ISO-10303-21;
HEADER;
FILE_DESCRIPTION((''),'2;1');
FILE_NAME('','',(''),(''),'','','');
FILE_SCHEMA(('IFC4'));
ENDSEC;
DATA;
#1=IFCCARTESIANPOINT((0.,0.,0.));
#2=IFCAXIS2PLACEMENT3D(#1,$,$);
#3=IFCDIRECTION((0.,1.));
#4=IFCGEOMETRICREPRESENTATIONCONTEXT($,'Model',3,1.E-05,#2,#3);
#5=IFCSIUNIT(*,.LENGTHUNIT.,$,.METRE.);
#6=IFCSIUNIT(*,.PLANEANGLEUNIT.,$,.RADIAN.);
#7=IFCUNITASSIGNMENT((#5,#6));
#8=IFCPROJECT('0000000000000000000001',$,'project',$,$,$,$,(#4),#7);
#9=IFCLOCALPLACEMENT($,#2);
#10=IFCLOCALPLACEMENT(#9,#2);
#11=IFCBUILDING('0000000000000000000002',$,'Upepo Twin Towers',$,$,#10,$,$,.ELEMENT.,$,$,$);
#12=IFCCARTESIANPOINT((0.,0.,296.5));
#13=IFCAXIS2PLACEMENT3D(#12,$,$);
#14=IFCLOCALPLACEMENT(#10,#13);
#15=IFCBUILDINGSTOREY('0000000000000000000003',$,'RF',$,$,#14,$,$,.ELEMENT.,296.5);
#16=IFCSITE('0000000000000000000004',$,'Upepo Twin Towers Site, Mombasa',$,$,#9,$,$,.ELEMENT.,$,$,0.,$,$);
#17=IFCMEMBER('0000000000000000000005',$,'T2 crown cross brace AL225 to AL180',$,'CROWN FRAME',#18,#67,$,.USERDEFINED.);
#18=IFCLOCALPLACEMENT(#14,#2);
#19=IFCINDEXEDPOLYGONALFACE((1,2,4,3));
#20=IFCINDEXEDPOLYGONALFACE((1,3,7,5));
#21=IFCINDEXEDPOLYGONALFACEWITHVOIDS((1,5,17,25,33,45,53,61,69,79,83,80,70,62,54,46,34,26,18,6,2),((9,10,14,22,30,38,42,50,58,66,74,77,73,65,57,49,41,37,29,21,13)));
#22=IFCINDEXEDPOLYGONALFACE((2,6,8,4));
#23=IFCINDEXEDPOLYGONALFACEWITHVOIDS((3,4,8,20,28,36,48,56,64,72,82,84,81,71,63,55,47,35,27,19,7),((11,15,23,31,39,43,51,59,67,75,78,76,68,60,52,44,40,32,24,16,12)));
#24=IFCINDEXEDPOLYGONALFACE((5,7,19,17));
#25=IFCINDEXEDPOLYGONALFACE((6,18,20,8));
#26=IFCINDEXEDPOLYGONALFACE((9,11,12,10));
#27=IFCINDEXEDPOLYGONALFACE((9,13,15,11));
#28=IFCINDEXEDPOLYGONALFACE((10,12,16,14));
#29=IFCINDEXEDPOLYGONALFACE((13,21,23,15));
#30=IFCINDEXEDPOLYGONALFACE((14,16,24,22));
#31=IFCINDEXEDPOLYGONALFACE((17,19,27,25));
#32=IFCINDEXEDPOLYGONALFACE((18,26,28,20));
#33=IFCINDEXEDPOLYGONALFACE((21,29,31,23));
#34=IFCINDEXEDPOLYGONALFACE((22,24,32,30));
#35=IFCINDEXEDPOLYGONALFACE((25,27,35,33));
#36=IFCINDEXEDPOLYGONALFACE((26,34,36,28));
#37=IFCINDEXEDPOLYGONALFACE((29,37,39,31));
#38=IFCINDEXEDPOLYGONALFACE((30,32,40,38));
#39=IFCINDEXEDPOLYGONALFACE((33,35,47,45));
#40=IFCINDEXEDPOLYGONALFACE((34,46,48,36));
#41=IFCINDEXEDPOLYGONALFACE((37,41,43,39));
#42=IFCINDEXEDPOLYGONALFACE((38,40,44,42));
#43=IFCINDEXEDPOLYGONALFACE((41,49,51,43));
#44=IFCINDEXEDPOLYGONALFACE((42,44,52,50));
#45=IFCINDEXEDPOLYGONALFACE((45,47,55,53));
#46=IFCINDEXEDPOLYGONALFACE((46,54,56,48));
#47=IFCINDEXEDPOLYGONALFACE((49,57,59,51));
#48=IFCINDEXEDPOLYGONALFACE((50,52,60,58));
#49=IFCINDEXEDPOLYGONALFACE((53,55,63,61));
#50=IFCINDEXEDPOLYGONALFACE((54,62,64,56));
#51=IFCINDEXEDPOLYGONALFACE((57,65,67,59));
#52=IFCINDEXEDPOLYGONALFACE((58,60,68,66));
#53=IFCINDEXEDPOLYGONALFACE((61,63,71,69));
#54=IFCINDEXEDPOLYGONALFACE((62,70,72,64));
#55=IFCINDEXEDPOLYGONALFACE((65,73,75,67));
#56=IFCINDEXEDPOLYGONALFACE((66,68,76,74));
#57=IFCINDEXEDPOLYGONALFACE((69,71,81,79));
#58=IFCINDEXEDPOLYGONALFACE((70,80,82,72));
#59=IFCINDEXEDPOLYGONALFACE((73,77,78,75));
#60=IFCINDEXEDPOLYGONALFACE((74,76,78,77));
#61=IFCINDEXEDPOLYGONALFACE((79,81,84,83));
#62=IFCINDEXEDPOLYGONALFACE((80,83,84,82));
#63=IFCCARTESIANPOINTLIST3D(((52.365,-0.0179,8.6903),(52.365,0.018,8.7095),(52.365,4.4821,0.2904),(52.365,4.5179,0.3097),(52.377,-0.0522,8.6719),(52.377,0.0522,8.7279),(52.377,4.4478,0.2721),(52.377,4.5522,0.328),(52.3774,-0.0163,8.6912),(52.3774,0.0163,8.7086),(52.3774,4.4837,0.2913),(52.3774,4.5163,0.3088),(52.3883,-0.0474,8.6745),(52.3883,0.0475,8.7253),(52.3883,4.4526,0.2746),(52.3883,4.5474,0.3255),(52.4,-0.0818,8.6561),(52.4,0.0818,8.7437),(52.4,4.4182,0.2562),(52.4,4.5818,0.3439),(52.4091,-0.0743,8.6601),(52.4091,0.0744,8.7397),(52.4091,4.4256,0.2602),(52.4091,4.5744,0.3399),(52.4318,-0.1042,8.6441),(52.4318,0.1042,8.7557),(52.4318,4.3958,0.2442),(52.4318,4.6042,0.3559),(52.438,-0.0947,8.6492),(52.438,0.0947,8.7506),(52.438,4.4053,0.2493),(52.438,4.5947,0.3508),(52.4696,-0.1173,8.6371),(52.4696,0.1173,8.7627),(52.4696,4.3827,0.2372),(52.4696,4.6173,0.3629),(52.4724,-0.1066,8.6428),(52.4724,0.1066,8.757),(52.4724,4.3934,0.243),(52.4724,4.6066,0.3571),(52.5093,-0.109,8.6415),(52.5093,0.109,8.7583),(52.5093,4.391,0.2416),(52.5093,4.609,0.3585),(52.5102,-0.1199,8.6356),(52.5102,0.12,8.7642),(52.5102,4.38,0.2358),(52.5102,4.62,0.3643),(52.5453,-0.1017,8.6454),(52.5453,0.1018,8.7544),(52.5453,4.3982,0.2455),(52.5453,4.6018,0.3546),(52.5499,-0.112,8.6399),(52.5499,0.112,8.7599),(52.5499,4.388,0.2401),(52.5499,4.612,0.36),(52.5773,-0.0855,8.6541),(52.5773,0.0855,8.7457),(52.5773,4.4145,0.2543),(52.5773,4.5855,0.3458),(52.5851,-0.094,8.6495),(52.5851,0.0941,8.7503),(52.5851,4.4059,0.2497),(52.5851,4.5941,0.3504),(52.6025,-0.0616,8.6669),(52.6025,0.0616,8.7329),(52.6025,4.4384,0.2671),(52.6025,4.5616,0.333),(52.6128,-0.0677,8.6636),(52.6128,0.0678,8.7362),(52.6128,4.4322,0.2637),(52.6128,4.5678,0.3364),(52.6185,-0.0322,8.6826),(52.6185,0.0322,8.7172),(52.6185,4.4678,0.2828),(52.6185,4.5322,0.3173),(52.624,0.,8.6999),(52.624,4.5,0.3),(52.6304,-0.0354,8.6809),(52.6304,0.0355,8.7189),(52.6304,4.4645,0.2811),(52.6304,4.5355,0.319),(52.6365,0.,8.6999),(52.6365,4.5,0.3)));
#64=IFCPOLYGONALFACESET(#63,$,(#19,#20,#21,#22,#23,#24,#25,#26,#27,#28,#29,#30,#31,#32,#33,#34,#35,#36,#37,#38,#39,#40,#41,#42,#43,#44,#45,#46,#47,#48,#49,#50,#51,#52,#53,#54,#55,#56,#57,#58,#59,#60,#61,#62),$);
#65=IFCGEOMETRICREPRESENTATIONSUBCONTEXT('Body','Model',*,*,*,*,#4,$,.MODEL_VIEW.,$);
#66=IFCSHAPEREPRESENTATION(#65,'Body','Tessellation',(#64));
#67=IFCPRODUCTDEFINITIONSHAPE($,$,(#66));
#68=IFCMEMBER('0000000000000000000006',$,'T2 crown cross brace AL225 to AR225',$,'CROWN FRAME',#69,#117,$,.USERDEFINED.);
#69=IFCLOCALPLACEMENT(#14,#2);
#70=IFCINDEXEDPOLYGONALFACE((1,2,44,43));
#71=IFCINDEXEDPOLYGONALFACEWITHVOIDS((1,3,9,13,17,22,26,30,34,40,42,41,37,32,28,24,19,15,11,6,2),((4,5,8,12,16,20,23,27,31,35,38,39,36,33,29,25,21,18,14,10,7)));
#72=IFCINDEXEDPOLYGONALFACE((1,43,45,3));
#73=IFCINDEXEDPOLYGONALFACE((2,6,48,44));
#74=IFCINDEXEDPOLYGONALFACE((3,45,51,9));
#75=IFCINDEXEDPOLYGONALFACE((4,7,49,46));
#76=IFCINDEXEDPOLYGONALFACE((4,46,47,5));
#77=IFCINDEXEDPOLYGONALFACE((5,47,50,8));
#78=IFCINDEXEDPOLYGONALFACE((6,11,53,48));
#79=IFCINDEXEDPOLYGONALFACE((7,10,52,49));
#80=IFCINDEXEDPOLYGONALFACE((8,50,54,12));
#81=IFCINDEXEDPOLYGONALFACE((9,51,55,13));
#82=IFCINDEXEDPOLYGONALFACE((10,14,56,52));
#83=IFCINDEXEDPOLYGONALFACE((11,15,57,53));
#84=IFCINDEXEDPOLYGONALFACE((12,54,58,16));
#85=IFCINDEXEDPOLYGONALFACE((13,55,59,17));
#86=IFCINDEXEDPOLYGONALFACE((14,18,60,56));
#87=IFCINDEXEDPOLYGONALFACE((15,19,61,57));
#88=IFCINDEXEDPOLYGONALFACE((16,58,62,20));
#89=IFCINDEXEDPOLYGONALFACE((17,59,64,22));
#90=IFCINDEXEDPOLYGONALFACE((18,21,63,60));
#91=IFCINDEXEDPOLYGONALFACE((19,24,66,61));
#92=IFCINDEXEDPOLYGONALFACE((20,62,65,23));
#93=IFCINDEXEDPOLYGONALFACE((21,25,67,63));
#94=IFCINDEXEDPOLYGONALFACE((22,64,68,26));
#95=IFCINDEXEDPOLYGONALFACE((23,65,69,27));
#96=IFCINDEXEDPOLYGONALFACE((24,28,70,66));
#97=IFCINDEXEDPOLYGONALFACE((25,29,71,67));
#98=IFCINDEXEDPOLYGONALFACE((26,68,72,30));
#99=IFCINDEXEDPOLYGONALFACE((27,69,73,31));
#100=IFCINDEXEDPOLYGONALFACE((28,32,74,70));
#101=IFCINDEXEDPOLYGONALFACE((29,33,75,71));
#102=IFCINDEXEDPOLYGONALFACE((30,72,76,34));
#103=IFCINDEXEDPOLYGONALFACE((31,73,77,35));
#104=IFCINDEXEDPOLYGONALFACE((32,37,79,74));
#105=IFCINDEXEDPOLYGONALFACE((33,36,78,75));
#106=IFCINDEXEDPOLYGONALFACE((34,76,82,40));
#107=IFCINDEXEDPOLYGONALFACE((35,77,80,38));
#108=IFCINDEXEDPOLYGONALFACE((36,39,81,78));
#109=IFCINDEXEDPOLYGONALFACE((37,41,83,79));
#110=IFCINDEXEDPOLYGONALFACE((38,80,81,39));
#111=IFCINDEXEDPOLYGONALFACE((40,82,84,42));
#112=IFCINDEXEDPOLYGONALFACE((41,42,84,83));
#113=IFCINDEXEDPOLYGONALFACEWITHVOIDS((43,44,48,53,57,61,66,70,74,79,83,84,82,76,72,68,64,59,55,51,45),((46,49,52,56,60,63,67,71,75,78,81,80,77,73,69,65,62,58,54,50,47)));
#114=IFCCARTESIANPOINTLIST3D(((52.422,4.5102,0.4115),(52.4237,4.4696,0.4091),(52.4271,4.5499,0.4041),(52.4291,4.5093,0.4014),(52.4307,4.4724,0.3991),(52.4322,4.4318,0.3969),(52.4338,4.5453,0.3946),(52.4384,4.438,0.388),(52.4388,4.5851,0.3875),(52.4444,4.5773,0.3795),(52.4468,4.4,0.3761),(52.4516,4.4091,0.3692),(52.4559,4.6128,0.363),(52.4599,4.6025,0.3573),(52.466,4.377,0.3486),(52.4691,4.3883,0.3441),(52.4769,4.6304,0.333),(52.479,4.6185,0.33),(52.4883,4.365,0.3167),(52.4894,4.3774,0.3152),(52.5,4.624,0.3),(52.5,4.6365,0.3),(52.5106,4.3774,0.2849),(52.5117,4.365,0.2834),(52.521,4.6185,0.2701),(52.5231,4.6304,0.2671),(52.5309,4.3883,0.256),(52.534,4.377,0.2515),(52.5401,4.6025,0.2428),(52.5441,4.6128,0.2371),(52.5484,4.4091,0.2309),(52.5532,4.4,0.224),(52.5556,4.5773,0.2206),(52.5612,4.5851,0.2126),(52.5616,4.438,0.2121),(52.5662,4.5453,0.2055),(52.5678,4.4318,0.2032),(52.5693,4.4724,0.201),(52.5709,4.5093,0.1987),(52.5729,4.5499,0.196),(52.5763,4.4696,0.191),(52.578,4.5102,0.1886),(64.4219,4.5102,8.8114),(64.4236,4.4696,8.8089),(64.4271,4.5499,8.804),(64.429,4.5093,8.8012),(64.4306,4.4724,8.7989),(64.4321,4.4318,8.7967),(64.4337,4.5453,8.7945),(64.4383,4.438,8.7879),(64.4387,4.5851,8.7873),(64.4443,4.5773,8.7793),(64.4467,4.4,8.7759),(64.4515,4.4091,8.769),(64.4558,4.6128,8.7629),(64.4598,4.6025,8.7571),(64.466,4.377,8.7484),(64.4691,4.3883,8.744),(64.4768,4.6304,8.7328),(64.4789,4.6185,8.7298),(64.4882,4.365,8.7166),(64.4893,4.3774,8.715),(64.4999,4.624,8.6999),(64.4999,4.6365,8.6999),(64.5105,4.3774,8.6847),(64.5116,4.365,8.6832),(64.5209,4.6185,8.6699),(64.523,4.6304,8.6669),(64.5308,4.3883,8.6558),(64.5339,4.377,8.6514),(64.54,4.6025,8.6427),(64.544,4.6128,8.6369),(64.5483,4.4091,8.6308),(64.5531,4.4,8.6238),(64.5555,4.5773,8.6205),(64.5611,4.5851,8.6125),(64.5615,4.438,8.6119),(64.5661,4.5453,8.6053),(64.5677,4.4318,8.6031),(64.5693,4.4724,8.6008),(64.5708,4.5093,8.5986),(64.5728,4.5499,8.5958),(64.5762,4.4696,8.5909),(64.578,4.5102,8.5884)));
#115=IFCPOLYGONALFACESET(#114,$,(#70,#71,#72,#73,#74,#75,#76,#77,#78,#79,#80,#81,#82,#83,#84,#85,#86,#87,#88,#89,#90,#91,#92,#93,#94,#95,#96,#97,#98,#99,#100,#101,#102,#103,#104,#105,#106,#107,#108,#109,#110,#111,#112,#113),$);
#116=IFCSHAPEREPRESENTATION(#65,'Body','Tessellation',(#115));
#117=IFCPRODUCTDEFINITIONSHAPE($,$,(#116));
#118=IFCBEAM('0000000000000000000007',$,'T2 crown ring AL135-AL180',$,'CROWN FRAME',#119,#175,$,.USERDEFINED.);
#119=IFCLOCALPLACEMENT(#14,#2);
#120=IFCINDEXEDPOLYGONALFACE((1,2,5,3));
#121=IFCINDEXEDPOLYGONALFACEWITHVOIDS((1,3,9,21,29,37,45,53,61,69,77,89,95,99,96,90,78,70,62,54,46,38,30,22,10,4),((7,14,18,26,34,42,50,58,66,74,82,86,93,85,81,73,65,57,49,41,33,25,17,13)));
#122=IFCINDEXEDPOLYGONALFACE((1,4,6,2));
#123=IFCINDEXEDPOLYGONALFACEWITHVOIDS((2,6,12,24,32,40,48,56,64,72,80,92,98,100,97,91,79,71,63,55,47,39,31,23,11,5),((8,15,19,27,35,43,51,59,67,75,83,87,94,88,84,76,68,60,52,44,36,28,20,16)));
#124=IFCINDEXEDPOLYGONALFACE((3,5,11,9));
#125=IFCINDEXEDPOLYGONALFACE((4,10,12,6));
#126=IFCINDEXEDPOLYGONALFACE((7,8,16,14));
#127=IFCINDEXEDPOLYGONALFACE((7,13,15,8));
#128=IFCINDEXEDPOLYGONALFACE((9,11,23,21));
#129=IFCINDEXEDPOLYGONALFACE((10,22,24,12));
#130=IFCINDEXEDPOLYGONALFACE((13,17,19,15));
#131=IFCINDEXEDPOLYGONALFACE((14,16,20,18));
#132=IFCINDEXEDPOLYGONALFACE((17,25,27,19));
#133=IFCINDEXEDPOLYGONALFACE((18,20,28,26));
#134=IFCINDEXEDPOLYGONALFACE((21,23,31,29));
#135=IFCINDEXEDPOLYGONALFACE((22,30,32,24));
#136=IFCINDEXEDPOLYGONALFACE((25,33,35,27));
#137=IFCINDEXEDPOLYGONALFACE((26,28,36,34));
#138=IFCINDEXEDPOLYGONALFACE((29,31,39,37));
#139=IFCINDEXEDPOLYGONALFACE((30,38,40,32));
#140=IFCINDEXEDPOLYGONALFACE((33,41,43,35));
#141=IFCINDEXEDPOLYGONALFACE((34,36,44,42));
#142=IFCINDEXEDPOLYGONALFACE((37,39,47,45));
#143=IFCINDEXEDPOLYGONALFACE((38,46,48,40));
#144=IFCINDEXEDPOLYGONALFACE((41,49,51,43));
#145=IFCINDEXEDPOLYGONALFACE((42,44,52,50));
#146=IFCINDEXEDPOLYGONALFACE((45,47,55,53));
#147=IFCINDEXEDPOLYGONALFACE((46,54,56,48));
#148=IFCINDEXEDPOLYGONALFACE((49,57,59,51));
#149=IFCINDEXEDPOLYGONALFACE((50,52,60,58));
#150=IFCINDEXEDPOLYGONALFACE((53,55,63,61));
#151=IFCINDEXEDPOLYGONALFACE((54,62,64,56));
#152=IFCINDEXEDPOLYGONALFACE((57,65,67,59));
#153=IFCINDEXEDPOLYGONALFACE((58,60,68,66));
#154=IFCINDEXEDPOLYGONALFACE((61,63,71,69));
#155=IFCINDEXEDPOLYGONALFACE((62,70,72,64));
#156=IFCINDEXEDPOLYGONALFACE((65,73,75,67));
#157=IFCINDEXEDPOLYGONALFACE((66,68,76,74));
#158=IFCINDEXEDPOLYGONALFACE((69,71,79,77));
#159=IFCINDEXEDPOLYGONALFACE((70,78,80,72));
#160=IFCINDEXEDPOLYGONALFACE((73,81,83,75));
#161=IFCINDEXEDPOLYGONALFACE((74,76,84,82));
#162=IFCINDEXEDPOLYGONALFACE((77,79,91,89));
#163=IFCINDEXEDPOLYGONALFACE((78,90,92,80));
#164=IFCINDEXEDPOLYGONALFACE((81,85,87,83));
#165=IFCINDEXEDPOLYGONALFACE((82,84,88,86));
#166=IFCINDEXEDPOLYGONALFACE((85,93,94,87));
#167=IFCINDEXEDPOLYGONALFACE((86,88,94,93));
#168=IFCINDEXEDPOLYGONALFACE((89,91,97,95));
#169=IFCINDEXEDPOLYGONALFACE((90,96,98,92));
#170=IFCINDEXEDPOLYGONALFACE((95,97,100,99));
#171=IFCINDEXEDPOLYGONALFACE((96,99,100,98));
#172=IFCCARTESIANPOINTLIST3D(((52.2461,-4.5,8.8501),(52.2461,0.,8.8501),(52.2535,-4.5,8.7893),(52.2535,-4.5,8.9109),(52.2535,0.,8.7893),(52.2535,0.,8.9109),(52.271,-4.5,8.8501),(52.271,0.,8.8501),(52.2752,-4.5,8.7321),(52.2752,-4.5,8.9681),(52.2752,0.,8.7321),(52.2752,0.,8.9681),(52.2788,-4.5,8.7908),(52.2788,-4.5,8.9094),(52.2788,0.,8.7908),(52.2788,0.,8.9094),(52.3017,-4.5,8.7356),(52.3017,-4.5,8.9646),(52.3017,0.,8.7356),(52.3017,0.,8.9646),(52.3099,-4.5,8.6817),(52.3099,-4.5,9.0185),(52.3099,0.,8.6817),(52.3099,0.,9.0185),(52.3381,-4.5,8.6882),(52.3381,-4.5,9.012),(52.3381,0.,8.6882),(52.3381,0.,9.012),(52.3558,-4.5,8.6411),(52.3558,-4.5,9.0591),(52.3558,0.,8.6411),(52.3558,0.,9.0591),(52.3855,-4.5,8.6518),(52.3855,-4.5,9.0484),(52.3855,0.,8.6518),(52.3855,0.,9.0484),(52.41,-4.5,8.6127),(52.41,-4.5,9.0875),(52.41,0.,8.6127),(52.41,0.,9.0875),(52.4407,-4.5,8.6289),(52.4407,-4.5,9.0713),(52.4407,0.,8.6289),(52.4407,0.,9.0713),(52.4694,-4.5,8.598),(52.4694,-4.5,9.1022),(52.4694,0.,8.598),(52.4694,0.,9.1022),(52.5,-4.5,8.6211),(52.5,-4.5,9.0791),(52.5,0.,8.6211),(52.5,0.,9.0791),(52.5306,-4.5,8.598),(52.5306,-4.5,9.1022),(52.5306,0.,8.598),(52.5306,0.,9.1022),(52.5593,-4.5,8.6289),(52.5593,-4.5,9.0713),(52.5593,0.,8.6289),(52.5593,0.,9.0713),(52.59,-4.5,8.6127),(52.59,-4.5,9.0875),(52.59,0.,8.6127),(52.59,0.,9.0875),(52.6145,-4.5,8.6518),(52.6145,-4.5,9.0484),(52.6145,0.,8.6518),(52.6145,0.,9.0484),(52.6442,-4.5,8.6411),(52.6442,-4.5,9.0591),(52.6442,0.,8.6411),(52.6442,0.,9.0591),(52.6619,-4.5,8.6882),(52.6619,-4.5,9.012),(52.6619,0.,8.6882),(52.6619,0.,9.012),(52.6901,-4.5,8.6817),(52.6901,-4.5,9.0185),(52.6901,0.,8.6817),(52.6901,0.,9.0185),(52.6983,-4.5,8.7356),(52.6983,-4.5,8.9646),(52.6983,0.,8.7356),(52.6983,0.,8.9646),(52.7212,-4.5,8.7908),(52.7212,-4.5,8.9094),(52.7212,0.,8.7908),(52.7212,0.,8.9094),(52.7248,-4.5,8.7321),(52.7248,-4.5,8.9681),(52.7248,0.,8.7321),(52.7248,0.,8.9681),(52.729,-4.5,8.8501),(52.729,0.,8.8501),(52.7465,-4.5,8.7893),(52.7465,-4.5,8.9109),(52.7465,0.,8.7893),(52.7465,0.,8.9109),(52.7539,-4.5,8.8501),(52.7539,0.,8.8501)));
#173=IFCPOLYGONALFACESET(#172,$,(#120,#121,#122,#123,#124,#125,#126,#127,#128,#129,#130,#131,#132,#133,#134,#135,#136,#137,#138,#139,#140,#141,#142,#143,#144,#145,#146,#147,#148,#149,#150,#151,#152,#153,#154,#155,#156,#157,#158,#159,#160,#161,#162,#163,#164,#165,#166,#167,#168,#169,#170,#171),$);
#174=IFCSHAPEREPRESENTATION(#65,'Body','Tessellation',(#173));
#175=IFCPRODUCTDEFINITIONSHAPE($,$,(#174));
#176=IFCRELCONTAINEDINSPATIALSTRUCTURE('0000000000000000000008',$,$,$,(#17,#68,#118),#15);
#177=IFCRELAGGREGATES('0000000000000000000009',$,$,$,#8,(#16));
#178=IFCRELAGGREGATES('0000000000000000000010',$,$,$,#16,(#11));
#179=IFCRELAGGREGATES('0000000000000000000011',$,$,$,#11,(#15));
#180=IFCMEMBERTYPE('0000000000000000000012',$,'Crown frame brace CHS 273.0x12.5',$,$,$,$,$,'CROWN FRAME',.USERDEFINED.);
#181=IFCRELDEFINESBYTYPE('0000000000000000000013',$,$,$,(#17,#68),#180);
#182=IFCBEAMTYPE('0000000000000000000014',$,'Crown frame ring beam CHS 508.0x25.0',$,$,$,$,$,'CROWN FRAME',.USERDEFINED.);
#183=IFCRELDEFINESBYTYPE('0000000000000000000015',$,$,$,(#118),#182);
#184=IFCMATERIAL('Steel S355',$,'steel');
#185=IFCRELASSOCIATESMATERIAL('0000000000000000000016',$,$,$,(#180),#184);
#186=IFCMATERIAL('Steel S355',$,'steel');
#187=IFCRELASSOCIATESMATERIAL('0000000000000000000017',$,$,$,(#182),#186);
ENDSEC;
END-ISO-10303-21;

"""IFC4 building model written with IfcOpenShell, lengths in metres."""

from ifc_helpers import new_model, si_unit, direction, frame, origin, origin_2d, place, context, subcontext, project, spatial, hollow_circle, extrude, material, material_profile, profile_set, type_object, element, save


model = new_model("IFC4")

# Units and contexts
model_context = context("Model", 3, precision=1e-05, world=origin(), true_north=direction((0.0, 1.0)))
body_context = subcontext(model_context, "Body", "Model", "MODEL_VIEW")
ifc_project = project(units=[si_unit("LENGTHUNIT", "METRE"), si_unit("PLANEANGLEUNIT", "RADIAN")], contexts=[model_context])

# Site, building, storey
site_placement = place(None, origin())
site = spatial("IfcSite", under=ifc_project, at=site_placement, Name="Upepo Twin Towers Site, Mombasa", CompositionType="ELEMENT", RefElevation=0.0)
building_placement = place(site_placement, origin())
building = spatial("IfcBuilding", under=site, at=building_placement, Name="Upepo Twin Towers", CompositionType="ELEMENT")
storey_placement = place(building_placement, frame((0.0, 0.0, 296.5)))
storey = spatial("IfcBuildingStorey", under=building, at=storey_placement, Name="RF", CompositionType="ELEMENT", Elevation=296.5)

# Members
ifc_material_1 = material(Name="Steel S355", Category="steel")
ifc_material_profile_1 = material_profile(ifc_material_1, hollow_circle(Radius=0.1365, WallThickness=0.0125, at=origin_2d()), Name="CHS 273.0x12.5")
ifc_profile_set_1 = profile_set([ifc_material_profile_1], Name="Steel S355")
member_type = type_object("IfcMemberType", Name="Crown frame brace CHS 273.0x12.5", ElementType="CROWN FRAME", PredefinedType="USERDEFINED", material=ifc_profile_set_1)
for number, where, z_axis, x_axis, name in (
    (1, (52.5, 4.5, 0.3), (0.0, -0.472226, 0.881478), (1.0, 0.0, 0.0), "T2 crown cross brace AL225 to AL180"),
):
    element("IfcMember", number, at=place(storey_placement, frame(where, z_axis=z_axis, x_axis=x_axis)), inside=storey, type_object=member_type, Name=name, ObjectType="CROWN FRAME", PredefinedType="USERDEFINED", context=body_context, shape_type="SweptSolid", body=[
        extrude(hollow_circle(Radius=0.1365, WallThickness=0.0125, at=origin_2d()), origin(), (0.0, 0.0, 1.0), 9.5293),
    ])
member_placement = place(storey_placement, frame((52.5, 4.5, 0.3), z_axis=(0.819235, 0.0, 0.573458), x_axis=(0.0, 1.0, 0.0)))
element("IfcMember", 2, at=member_placement, inside=storey, type_object=member_type, Name="T2 crown cross brace AL225 to AR225", ObjectType="CROWN FRAME", PredefinedType="USERDEFINED", context=body_context, shape_type="SweptSolid", body=[
    extrude(hollow_circle(Radius=0.1365, WallThickness=0.0125, at=origin_2d()), origin(), (0.0, 0.0, 1.0), 14.6477),
])

# Beam
ifc_material_2 = material(Name="Steel S355", Category="steel")
ifc_material_profile_2 = material_profile(ifc_material_2, hollow_circle(Radius=0.2539, WallThickness=0.0249, at=origin_2d()), Name="CHS 508.0x25.0")
ifc_profile_set_2 = profile_set([ifc_material_profile_2], Name="Steel S355")
beam_type = type_object("IfcBeamType", Name="Crown frame ring beam CHS 508.0x25.0", ElementType="CROWN FRAME", PredefinedType="USERDEFINED", material=ifc_profile_set_2)
for number, where, z_axis, x_axis, name in (
    (3, (52.5, -4.5, 8.8501), (0.0, 1.0, 0.0), (-1.0, 0.0, 0.0), "T2 crown ring AL135-AL180"),
):
    element("IfcBeam", number, at=place(storey_placement, frame(where, z_axis=z_axis, x_axis=x_axis)), inside=storey, type_object=beam_type, Name=name, ObjectType="CROWN FRAME", PredefinedType="USERDEFINED", context=body_context, shape_type="SweptSolid", body=[
        extrude(hollow_circle(Radius=0.2539, WallThickness=0.0249, at=origin_2d()), origin(), (0.0, 0.0, 1.0), 4.5),
    ])

save(model, "model.ifc")
